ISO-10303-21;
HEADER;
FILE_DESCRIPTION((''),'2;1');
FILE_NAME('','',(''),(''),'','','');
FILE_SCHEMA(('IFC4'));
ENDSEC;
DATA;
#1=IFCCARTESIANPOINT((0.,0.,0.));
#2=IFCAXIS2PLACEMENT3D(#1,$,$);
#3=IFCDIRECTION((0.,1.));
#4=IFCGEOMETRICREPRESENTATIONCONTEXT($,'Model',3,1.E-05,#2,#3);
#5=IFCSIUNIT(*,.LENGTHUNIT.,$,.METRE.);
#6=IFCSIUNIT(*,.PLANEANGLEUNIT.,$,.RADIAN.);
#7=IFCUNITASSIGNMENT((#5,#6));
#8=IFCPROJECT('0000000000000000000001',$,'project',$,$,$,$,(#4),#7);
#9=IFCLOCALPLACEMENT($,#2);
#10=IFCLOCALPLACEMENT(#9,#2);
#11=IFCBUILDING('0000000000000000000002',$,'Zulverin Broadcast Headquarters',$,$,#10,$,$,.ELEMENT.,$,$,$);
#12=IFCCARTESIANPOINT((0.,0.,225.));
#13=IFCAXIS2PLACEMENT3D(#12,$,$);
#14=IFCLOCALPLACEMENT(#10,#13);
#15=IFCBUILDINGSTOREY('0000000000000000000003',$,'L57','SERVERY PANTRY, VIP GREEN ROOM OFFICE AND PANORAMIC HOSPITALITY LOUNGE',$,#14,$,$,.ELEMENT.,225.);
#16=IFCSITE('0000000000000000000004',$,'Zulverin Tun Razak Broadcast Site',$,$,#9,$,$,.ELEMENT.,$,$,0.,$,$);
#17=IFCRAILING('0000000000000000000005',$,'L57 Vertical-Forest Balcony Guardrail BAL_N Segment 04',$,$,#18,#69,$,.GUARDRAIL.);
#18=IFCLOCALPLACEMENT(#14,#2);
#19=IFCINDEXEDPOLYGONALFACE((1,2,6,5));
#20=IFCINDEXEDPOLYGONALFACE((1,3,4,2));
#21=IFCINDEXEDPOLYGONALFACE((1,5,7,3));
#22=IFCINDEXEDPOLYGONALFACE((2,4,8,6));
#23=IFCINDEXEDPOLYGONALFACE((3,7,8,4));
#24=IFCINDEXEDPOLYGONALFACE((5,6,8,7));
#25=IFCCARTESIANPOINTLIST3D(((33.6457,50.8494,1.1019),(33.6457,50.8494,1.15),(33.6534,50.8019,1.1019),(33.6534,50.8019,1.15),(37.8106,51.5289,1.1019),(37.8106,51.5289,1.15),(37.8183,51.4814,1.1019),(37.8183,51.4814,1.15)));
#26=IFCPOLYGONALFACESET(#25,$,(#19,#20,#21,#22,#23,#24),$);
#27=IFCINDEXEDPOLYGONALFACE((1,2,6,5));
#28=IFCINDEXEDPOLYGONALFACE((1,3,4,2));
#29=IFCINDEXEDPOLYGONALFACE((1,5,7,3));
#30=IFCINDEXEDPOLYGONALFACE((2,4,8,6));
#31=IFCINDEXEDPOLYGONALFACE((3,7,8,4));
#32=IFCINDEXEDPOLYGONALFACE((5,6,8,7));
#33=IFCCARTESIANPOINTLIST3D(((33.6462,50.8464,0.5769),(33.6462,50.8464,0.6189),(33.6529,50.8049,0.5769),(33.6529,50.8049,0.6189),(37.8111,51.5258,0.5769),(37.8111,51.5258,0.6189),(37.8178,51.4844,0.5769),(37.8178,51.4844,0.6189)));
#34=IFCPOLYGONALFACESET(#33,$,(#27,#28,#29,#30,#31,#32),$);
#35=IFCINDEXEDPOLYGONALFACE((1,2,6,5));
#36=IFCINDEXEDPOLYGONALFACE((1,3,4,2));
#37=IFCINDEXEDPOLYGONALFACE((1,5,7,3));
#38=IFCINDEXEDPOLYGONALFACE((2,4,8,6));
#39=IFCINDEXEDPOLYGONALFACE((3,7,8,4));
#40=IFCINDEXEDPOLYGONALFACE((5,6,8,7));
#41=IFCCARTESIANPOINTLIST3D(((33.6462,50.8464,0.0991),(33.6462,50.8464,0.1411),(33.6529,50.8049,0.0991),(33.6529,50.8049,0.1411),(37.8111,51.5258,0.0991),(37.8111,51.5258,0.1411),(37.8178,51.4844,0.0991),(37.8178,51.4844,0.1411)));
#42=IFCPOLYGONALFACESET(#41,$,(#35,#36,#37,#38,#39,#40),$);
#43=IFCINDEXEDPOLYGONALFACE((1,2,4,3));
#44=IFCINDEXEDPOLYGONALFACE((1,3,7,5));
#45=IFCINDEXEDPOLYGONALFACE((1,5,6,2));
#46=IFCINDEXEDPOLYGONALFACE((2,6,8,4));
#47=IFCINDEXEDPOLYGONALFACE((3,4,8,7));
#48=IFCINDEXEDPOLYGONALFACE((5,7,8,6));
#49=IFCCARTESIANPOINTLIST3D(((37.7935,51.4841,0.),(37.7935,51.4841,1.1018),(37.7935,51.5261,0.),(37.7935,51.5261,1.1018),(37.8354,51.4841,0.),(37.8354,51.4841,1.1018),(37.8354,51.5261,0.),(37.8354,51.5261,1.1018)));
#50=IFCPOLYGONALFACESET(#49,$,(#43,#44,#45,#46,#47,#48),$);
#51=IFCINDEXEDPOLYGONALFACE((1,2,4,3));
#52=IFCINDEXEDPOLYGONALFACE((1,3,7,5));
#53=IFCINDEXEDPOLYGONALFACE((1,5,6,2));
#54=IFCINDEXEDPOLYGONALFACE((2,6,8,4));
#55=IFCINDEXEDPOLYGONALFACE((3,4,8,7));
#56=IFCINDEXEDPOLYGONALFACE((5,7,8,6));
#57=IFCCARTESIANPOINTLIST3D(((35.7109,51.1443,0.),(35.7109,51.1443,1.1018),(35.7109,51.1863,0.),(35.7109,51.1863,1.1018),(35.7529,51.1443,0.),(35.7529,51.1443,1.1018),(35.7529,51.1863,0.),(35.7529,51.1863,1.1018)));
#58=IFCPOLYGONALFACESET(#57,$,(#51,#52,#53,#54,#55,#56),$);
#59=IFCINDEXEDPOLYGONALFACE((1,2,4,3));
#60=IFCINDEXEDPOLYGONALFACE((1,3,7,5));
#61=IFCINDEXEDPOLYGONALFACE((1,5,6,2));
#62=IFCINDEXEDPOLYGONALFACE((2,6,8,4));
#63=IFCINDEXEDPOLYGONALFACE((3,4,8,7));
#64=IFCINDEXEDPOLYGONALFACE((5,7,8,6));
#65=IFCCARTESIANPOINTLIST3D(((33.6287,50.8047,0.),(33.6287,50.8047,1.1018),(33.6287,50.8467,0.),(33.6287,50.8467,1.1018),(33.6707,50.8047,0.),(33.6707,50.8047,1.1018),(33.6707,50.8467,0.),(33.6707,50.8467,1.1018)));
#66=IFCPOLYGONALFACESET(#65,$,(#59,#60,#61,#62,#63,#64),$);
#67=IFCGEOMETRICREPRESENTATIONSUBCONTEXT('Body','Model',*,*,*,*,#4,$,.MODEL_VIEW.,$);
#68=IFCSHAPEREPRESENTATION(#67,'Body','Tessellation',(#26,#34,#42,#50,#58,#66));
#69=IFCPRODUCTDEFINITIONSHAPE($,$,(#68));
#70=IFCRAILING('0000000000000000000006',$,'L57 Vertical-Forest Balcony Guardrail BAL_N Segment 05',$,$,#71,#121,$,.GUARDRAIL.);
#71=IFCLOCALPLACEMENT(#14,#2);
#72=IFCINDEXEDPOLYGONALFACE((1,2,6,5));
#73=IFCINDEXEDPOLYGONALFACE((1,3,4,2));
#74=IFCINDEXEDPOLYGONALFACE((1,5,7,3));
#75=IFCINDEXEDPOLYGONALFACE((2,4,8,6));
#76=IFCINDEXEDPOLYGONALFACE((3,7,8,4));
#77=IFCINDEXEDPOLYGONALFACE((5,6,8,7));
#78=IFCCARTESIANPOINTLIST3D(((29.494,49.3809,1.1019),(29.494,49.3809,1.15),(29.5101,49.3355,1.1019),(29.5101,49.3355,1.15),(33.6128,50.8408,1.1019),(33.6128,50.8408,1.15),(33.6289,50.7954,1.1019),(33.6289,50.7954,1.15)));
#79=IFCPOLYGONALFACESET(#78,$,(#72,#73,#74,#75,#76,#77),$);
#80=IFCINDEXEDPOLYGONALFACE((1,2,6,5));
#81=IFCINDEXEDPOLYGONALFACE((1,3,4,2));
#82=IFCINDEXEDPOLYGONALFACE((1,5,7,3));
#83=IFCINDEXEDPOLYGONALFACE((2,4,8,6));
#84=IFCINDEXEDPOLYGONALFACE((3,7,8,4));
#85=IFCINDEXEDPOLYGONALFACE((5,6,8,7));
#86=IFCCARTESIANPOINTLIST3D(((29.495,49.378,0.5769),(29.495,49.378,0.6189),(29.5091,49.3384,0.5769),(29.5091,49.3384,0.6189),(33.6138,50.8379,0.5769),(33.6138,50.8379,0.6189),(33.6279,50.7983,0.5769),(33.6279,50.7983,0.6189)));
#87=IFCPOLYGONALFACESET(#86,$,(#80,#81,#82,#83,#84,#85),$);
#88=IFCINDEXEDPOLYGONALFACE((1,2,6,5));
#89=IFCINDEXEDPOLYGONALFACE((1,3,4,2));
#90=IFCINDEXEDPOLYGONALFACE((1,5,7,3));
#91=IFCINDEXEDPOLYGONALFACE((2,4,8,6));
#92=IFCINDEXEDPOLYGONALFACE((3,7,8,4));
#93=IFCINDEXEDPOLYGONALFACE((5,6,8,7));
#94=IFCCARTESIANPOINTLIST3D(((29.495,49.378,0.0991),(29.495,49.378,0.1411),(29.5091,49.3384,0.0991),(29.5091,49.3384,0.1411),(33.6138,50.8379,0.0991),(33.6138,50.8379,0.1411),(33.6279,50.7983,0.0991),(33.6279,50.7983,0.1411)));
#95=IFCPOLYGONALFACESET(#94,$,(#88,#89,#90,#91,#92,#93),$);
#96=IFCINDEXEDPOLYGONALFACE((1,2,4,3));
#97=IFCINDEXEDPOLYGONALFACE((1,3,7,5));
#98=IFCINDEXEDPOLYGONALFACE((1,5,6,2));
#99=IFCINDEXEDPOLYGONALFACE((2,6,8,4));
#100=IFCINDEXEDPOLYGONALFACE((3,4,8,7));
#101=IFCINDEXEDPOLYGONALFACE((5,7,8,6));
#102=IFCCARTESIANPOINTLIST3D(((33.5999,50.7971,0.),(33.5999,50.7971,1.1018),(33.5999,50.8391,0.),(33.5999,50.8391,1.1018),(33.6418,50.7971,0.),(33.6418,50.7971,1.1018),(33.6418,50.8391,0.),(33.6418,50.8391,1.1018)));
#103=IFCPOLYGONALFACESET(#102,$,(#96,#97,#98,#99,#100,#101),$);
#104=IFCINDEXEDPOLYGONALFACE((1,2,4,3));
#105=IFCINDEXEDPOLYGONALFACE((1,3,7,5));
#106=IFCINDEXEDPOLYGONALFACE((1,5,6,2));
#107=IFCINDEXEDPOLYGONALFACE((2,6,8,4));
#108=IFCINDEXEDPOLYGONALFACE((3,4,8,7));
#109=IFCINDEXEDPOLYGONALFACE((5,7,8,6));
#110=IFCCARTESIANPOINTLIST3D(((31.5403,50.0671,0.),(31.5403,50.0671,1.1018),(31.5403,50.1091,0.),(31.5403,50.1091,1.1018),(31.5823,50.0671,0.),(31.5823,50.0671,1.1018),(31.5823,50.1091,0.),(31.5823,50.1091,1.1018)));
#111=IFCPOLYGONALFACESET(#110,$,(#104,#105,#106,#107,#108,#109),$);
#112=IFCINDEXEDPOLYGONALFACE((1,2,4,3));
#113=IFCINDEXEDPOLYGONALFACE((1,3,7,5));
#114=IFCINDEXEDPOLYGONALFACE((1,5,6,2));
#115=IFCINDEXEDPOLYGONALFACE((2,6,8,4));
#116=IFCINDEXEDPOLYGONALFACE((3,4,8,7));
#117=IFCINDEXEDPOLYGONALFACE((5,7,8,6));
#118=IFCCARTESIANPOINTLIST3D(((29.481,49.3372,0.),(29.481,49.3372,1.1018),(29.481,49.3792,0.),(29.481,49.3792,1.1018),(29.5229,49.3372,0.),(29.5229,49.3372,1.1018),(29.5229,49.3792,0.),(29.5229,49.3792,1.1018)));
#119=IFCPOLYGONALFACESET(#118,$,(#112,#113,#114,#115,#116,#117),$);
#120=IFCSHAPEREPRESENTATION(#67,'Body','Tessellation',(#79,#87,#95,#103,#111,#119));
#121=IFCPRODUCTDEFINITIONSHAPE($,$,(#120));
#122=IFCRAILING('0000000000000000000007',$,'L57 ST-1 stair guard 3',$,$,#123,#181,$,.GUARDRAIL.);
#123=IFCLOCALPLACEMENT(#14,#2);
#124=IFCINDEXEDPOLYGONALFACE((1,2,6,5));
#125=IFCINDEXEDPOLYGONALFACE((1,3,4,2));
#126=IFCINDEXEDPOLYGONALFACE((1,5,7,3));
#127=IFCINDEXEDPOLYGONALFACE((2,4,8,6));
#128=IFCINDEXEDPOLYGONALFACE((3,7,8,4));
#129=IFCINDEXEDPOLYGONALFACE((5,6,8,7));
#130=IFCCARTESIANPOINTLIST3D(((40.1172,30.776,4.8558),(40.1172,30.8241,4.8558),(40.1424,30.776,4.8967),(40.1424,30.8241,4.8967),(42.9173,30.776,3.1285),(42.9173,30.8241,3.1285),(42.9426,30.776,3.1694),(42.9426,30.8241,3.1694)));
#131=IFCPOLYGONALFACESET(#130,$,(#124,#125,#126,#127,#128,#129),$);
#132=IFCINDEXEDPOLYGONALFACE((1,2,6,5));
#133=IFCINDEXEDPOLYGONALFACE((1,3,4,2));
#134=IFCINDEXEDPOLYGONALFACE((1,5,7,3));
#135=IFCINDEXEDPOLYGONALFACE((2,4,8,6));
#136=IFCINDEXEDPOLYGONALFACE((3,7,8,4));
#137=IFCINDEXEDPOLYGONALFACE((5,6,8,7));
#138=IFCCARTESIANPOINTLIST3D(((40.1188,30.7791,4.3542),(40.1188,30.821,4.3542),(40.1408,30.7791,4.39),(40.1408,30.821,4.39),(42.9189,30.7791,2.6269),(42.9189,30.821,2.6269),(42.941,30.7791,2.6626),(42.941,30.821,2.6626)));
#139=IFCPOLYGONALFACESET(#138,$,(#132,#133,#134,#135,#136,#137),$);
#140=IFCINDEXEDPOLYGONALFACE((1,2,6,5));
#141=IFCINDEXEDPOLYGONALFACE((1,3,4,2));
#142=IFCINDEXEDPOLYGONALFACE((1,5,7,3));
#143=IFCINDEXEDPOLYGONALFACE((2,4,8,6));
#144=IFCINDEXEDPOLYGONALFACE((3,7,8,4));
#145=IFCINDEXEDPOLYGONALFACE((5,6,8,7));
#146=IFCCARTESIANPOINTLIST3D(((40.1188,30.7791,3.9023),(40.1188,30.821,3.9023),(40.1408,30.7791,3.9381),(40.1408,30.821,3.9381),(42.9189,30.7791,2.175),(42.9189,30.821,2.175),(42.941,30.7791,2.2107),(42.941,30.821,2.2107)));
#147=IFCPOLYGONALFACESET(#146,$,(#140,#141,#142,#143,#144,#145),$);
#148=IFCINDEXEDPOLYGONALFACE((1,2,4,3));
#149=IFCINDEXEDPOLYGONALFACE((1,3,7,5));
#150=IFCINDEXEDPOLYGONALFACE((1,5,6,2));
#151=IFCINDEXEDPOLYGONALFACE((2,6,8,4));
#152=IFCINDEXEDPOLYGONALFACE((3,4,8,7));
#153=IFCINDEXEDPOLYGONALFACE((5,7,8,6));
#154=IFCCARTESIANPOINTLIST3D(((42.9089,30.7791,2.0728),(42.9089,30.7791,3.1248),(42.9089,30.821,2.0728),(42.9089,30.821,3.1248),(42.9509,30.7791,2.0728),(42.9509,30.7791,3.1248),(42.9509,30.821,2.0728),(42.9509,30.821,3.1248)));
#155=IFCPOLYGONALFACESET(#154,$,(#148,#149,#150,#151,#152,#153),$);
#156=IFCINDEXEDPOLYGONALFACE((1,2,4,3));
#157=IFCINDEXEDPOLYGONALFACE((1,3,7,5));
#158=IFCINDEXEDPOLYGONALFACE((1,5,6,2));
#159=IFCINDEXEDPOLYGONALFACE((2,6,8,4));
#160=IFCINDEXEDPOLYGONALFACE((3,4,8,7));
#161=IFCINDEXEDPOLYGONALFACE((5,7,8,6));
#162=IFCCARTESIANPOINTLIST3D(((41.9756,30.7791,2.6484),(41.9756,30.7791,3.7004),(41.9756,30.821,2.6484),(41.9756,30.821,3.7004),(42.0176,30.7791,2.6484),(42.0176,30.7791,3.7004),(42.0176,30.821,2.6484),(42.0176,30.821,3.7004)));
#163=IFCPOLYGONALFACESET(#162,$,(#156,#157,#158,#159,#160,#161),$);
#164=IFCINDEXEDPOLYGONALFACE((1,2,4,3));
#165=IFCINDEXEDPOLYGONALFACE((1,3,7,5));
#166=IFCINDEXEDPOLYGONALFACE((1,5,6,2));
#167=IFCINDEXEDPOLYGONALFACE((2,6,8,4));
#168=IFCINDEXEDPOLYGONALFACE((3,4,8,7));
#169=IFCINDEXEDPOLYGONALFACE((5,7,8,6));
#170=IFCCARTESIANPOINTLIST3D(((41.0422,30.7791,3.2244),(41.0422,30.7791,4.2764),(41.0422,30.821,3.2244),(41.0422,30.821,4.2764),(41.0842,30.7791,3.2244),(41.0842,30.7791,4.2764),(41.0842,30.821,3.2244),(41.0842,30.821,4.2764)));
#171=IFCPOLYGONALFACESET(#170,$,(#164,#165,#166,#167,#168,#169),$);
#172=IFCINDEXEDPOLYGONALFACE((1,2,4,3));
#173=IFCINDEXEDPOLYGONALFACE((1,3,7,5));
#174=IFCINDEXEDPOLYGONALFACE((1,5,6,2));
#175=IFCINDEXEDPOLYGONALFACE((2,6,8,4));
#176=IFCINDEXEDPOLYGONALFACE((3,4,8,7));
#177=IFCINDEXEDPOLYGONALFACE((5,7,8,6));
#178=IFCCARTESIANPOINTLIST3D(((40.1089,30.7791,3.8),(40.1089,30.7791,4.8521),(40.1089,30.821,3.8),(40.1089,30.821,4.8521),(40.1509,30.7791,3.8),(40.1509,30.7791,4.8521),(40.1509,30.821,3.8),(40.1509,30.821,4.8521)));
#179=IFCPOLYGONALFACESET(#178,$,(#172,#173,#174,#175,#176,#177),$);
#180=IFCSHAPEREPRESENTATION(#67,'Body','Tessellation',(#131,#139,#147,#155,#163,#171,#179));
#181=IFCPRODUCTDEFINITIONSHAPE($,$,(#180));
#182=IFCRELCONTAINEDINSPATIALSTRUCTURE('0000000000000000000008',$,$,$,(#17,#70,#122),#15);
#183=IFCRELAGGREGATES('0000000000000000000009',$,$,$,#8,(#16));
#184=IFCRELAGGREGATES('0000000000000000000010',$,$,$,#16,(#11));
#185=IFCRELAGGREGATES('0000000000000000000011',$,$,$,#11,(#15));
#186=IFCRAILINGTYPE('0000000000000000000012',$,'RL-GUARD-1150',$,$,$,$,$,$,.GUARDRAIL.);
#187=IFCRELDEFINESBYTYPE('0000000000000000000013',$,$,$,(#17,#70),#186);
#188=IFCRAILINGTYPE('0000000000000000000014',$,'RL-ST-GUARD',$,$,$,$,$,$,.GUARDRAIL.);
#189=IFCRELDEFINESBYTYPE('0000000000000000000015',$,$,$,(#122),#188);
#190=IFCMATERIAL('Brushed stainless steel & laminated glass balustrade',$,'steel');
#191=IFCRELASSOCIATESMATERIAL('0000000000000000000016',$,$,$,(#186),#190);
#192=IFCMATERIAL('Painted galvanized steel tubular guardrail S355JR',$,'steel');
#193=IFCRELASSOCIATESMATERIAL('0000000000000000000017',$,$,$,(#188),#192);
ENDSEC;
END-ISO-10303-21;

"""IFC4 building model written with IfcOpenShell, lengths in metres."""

from ifc_helpers import new_model, si_unit, direction, frame, origin, origin_2d, place, context, subcontext, project, spatial, rectangle, extrude, material, type_object, element, save


model = new_model("IFC4")

# Units and contexts
model_context = context("Model", 3, precision=1e-05, world=origin(), true_north=direction((0.0, 1.0)))
body_context = subcontext(model_context, "Body", "Model", "MODEL_VIEW")
ifc_project = project(units=[si_unit("LENGTHUNIT", "METRE"), si_unit("PLANEANGLEUNIT", "RADIAN")], contexts=[model_context])

# Site, building, storey
site_placement = place(None, origin())
site = spatial("IfcSite", under=ifc_project, at=site_placement, Name="Zulverin Tun Razak Broadcast Site", CompositionType="ELEMENT", RefElevation=0.0)
building_placement = place(site_placement, origin())
building = spatial("IfcBuilding", under=site, at=building_placement, Name="Zulverin Broadcast Headquarters", CompositionType="ELEMENT")
storey_placement = place(building_placement, frame((0.0, 0.0, 225.0)))
storey = spatial("IfcBuildingStorey", under=building, at=storey_placement, Name="L57", Description="SERVERY PANTRY, VIP GREEN ROOM OFFICE AND PANORAMIC HOSPITALITY LOUNGE", CompositionType="ELEMENT", Elevation=225.0)

# Railings
ifc_material_1 = material(Name="Brushed stainless steel & laminated glass balustrade", Category="steel")
railing_type_1 = type_object("IfcRailingType", Name="RL-GUARD-1150", PredefinedType="GUARDRAIL", material=ifc_material_1)
railing_1_placement = place(storey_placement, frame((37.8145, 51.5051, 0.0)))
element("IfcRailing", 1, at=railing_1_placement, inside=storey, type_object=railing_type_1, Name="L57 Vertical-Forest Balcony Guardrail BAL_N Segment 04", PredefinedType="GUARDRAIL", context=body_context, shape_type="SweptSolid", body=[
    extrude(rectangle(XDim=0.0481, YDim=0.0481, at=origin_2d()), frame((0.0, 0.0, 1.126), z_axis=(-0.986953, -0.161011, 0.0), x_axis=(0.161011, -0.986953, 0.0)), (0.0, 0.0, 1.0), 4.22),
    extrude(rectangle(XDim=0.042, YDim=0.042, at=origin_2d()), frame((0.0, 0.0, 0.5979), z_axis=(-0.986953, -0.161011, 0.0), x_axis=(0.161011, -0.986953, 0.0)), (0.0, 0.0, 1.0), 4.22),
    extrude(rectangle(XDim=0.042, YDim=0.042, at=origin_2d()), frame((0.0, 0.0, 0.1201), z_axis=(-0.986953, -0.161011, 0.0), x_axis=(0.161011, -0.986953, 0.0)), (0.0, 0.0, 1.0), 4.22),
    extrude(rectangle(XDim=0.042, YDim=0.042, at=origin_2d()), origin(), (0.0, 0.0, 1.0), 1.1018),
    extrude(rectangle(XDim=0.042, YDim=0.042, at=origin_2d()), frame((-2.0825, -0.3398, 0.0)), (0.0, 0.0, 1.0), 1.1018),
    extrude(rectangle(XDim=0.042, YDim=0.042, at=origin_2d()), frame((-4.1648, -0.6794, 0.0)), (0.0, 0.0, 1.0), 1.1018),
])
railing_2_placement = place(storey_placement, frame((33.6208, 50.8181, 0.0)))
element("IfcRailing", 2, at=railing_2_placement, inside=storey, type_object=railing_type_1, Name="L57 Vertical-Forest Balcony Guardrail BAL_N Segment 05", PredefinedType="GUARDRAIL", context=body_context, shape_type="SweptSolid", body=[
    extrude(rectangle(XDim=0.0481, YDim=0.0481, at=origin_2d()), frame((0.0, 0.0, 1.126), z_axis=(-0.942542, -0.334088, 0.0), x_axis=(0.334088, -0.942542, 0.0)), (0.0, 0.0, 1.0), 4.3699),
    extrude(rectangle(XDim=0.042, YDim=0.042, at=origin_2d()), frame((0.0, 0.0, 0.5979), z_axis=(-0.942542, -0.334088, 0.0), x_axis=(0.334088, -0.942542, 0.0)), (0.0, 0.0, 1.0), 4.3699),
    extrude(rectangle(XDim=0.042, YDim=0.042, at=origin_2d()), frame((0.0, 0.0, 0.1201), z_axis=(-0.942542, -0.334088, 0.0), x_axis=(0.334088, -0.942542, 0.0)), (0.0, 0.0, 1.0), 4.3699),
    extrude(rectangle(XDim=0.042, YDim=0.042, at=origin_2d()), origin(), (0.0, 0.0, 1.0), 1.1018),
    extrude(rectangle(XDim=0.042, YDim=0.042, at=origin_2d()), frame((-2.0596, -0.73, 0.0)), (0.0, 0.0, 1.0), 1.1018),
    extrude(rectangle(XDim=0.042, YDim=0.042, at=origin_2d()), frame((-4.1189, -1.46, 0.0)), (0.0, 0.0, 1.0), 1.1018),
])
ifc_material_2 = material(Name="Painted galvanized steel tubular guardrail S355JR", Category="steel")
railing_type_2 = type_object("IfcRailingType", Name="RL-ST-GUARD", PredefinedType="GUARDRAIL", material=ifc_material_2)
railing_3_placement = place(storey_placement, frame((42.9299, 30.8, 2.0728)))
element("IfcRailing", 3, at=railing_3_placement, inside=storey, type_object=railing_type_2, Name="L57 ST-1 stair guard 3", PredefinedType="GUARDRAIL", context=body_context, shape_type="SweptSolid", body=[
    extrude(rectangle(XDim=0.0481, YDim=0.0481, at=origin_2d()), frame((0.0, 0.0, 1.0762), z_axis=(-0.85109, 0.0, 0.52502), x_axis=(0.0, -1.0, 0.0)), (0.0, 0.0, 1.0), 3.29),
    extrude(rectangle(XDim=0.042, YDim=0.042, at=origin_2d()), frame((0.0, 0.0, 0.572), z_axis=(-0.85109, 0.0, 0.52502), x_axis=(0.0, -1.0, 0.0)), (0.0, 0.0, 1.0), 3.29),
    extrude(rectangle(XDim=0.042, YDim=0.042, at=origin_2d()), frame((0.0, 0.0, 0.1201), z_axis=(-0.85109, 0.0, 0.52502), x_axis=(0.0, -1.0, 0.0)), (0.0, 0.0, 1.0), 3.29),
    extrude(rectangle(XDim=0.042, YDim=0.042, at=origin_2d()), origin(), (0.0, 0.0, 1.0), 1.052),
    extrude(rectangle(XDim=0.042, YDim=0.042, at=origin_2d()), frame((-0.9333, 0.0, 0.5757)), (0.0, 0.0, 1.0), 1.052),
    extrude(rectangle(XDim=0.042, YDim=0.042, at=origin_2d()), frame((-1.8667, 0.0, 1.1516)), (0.0, 0.0, 1.0), 1.052),
    extrude(rectangle(XDim=0.042, YDim=0.042, at=origin_2d()), frame((-2.8, 0.0, 1.7273)), (0.0, 0.0, 1.0), 1.052),
])

save(model, "model.ifc")
